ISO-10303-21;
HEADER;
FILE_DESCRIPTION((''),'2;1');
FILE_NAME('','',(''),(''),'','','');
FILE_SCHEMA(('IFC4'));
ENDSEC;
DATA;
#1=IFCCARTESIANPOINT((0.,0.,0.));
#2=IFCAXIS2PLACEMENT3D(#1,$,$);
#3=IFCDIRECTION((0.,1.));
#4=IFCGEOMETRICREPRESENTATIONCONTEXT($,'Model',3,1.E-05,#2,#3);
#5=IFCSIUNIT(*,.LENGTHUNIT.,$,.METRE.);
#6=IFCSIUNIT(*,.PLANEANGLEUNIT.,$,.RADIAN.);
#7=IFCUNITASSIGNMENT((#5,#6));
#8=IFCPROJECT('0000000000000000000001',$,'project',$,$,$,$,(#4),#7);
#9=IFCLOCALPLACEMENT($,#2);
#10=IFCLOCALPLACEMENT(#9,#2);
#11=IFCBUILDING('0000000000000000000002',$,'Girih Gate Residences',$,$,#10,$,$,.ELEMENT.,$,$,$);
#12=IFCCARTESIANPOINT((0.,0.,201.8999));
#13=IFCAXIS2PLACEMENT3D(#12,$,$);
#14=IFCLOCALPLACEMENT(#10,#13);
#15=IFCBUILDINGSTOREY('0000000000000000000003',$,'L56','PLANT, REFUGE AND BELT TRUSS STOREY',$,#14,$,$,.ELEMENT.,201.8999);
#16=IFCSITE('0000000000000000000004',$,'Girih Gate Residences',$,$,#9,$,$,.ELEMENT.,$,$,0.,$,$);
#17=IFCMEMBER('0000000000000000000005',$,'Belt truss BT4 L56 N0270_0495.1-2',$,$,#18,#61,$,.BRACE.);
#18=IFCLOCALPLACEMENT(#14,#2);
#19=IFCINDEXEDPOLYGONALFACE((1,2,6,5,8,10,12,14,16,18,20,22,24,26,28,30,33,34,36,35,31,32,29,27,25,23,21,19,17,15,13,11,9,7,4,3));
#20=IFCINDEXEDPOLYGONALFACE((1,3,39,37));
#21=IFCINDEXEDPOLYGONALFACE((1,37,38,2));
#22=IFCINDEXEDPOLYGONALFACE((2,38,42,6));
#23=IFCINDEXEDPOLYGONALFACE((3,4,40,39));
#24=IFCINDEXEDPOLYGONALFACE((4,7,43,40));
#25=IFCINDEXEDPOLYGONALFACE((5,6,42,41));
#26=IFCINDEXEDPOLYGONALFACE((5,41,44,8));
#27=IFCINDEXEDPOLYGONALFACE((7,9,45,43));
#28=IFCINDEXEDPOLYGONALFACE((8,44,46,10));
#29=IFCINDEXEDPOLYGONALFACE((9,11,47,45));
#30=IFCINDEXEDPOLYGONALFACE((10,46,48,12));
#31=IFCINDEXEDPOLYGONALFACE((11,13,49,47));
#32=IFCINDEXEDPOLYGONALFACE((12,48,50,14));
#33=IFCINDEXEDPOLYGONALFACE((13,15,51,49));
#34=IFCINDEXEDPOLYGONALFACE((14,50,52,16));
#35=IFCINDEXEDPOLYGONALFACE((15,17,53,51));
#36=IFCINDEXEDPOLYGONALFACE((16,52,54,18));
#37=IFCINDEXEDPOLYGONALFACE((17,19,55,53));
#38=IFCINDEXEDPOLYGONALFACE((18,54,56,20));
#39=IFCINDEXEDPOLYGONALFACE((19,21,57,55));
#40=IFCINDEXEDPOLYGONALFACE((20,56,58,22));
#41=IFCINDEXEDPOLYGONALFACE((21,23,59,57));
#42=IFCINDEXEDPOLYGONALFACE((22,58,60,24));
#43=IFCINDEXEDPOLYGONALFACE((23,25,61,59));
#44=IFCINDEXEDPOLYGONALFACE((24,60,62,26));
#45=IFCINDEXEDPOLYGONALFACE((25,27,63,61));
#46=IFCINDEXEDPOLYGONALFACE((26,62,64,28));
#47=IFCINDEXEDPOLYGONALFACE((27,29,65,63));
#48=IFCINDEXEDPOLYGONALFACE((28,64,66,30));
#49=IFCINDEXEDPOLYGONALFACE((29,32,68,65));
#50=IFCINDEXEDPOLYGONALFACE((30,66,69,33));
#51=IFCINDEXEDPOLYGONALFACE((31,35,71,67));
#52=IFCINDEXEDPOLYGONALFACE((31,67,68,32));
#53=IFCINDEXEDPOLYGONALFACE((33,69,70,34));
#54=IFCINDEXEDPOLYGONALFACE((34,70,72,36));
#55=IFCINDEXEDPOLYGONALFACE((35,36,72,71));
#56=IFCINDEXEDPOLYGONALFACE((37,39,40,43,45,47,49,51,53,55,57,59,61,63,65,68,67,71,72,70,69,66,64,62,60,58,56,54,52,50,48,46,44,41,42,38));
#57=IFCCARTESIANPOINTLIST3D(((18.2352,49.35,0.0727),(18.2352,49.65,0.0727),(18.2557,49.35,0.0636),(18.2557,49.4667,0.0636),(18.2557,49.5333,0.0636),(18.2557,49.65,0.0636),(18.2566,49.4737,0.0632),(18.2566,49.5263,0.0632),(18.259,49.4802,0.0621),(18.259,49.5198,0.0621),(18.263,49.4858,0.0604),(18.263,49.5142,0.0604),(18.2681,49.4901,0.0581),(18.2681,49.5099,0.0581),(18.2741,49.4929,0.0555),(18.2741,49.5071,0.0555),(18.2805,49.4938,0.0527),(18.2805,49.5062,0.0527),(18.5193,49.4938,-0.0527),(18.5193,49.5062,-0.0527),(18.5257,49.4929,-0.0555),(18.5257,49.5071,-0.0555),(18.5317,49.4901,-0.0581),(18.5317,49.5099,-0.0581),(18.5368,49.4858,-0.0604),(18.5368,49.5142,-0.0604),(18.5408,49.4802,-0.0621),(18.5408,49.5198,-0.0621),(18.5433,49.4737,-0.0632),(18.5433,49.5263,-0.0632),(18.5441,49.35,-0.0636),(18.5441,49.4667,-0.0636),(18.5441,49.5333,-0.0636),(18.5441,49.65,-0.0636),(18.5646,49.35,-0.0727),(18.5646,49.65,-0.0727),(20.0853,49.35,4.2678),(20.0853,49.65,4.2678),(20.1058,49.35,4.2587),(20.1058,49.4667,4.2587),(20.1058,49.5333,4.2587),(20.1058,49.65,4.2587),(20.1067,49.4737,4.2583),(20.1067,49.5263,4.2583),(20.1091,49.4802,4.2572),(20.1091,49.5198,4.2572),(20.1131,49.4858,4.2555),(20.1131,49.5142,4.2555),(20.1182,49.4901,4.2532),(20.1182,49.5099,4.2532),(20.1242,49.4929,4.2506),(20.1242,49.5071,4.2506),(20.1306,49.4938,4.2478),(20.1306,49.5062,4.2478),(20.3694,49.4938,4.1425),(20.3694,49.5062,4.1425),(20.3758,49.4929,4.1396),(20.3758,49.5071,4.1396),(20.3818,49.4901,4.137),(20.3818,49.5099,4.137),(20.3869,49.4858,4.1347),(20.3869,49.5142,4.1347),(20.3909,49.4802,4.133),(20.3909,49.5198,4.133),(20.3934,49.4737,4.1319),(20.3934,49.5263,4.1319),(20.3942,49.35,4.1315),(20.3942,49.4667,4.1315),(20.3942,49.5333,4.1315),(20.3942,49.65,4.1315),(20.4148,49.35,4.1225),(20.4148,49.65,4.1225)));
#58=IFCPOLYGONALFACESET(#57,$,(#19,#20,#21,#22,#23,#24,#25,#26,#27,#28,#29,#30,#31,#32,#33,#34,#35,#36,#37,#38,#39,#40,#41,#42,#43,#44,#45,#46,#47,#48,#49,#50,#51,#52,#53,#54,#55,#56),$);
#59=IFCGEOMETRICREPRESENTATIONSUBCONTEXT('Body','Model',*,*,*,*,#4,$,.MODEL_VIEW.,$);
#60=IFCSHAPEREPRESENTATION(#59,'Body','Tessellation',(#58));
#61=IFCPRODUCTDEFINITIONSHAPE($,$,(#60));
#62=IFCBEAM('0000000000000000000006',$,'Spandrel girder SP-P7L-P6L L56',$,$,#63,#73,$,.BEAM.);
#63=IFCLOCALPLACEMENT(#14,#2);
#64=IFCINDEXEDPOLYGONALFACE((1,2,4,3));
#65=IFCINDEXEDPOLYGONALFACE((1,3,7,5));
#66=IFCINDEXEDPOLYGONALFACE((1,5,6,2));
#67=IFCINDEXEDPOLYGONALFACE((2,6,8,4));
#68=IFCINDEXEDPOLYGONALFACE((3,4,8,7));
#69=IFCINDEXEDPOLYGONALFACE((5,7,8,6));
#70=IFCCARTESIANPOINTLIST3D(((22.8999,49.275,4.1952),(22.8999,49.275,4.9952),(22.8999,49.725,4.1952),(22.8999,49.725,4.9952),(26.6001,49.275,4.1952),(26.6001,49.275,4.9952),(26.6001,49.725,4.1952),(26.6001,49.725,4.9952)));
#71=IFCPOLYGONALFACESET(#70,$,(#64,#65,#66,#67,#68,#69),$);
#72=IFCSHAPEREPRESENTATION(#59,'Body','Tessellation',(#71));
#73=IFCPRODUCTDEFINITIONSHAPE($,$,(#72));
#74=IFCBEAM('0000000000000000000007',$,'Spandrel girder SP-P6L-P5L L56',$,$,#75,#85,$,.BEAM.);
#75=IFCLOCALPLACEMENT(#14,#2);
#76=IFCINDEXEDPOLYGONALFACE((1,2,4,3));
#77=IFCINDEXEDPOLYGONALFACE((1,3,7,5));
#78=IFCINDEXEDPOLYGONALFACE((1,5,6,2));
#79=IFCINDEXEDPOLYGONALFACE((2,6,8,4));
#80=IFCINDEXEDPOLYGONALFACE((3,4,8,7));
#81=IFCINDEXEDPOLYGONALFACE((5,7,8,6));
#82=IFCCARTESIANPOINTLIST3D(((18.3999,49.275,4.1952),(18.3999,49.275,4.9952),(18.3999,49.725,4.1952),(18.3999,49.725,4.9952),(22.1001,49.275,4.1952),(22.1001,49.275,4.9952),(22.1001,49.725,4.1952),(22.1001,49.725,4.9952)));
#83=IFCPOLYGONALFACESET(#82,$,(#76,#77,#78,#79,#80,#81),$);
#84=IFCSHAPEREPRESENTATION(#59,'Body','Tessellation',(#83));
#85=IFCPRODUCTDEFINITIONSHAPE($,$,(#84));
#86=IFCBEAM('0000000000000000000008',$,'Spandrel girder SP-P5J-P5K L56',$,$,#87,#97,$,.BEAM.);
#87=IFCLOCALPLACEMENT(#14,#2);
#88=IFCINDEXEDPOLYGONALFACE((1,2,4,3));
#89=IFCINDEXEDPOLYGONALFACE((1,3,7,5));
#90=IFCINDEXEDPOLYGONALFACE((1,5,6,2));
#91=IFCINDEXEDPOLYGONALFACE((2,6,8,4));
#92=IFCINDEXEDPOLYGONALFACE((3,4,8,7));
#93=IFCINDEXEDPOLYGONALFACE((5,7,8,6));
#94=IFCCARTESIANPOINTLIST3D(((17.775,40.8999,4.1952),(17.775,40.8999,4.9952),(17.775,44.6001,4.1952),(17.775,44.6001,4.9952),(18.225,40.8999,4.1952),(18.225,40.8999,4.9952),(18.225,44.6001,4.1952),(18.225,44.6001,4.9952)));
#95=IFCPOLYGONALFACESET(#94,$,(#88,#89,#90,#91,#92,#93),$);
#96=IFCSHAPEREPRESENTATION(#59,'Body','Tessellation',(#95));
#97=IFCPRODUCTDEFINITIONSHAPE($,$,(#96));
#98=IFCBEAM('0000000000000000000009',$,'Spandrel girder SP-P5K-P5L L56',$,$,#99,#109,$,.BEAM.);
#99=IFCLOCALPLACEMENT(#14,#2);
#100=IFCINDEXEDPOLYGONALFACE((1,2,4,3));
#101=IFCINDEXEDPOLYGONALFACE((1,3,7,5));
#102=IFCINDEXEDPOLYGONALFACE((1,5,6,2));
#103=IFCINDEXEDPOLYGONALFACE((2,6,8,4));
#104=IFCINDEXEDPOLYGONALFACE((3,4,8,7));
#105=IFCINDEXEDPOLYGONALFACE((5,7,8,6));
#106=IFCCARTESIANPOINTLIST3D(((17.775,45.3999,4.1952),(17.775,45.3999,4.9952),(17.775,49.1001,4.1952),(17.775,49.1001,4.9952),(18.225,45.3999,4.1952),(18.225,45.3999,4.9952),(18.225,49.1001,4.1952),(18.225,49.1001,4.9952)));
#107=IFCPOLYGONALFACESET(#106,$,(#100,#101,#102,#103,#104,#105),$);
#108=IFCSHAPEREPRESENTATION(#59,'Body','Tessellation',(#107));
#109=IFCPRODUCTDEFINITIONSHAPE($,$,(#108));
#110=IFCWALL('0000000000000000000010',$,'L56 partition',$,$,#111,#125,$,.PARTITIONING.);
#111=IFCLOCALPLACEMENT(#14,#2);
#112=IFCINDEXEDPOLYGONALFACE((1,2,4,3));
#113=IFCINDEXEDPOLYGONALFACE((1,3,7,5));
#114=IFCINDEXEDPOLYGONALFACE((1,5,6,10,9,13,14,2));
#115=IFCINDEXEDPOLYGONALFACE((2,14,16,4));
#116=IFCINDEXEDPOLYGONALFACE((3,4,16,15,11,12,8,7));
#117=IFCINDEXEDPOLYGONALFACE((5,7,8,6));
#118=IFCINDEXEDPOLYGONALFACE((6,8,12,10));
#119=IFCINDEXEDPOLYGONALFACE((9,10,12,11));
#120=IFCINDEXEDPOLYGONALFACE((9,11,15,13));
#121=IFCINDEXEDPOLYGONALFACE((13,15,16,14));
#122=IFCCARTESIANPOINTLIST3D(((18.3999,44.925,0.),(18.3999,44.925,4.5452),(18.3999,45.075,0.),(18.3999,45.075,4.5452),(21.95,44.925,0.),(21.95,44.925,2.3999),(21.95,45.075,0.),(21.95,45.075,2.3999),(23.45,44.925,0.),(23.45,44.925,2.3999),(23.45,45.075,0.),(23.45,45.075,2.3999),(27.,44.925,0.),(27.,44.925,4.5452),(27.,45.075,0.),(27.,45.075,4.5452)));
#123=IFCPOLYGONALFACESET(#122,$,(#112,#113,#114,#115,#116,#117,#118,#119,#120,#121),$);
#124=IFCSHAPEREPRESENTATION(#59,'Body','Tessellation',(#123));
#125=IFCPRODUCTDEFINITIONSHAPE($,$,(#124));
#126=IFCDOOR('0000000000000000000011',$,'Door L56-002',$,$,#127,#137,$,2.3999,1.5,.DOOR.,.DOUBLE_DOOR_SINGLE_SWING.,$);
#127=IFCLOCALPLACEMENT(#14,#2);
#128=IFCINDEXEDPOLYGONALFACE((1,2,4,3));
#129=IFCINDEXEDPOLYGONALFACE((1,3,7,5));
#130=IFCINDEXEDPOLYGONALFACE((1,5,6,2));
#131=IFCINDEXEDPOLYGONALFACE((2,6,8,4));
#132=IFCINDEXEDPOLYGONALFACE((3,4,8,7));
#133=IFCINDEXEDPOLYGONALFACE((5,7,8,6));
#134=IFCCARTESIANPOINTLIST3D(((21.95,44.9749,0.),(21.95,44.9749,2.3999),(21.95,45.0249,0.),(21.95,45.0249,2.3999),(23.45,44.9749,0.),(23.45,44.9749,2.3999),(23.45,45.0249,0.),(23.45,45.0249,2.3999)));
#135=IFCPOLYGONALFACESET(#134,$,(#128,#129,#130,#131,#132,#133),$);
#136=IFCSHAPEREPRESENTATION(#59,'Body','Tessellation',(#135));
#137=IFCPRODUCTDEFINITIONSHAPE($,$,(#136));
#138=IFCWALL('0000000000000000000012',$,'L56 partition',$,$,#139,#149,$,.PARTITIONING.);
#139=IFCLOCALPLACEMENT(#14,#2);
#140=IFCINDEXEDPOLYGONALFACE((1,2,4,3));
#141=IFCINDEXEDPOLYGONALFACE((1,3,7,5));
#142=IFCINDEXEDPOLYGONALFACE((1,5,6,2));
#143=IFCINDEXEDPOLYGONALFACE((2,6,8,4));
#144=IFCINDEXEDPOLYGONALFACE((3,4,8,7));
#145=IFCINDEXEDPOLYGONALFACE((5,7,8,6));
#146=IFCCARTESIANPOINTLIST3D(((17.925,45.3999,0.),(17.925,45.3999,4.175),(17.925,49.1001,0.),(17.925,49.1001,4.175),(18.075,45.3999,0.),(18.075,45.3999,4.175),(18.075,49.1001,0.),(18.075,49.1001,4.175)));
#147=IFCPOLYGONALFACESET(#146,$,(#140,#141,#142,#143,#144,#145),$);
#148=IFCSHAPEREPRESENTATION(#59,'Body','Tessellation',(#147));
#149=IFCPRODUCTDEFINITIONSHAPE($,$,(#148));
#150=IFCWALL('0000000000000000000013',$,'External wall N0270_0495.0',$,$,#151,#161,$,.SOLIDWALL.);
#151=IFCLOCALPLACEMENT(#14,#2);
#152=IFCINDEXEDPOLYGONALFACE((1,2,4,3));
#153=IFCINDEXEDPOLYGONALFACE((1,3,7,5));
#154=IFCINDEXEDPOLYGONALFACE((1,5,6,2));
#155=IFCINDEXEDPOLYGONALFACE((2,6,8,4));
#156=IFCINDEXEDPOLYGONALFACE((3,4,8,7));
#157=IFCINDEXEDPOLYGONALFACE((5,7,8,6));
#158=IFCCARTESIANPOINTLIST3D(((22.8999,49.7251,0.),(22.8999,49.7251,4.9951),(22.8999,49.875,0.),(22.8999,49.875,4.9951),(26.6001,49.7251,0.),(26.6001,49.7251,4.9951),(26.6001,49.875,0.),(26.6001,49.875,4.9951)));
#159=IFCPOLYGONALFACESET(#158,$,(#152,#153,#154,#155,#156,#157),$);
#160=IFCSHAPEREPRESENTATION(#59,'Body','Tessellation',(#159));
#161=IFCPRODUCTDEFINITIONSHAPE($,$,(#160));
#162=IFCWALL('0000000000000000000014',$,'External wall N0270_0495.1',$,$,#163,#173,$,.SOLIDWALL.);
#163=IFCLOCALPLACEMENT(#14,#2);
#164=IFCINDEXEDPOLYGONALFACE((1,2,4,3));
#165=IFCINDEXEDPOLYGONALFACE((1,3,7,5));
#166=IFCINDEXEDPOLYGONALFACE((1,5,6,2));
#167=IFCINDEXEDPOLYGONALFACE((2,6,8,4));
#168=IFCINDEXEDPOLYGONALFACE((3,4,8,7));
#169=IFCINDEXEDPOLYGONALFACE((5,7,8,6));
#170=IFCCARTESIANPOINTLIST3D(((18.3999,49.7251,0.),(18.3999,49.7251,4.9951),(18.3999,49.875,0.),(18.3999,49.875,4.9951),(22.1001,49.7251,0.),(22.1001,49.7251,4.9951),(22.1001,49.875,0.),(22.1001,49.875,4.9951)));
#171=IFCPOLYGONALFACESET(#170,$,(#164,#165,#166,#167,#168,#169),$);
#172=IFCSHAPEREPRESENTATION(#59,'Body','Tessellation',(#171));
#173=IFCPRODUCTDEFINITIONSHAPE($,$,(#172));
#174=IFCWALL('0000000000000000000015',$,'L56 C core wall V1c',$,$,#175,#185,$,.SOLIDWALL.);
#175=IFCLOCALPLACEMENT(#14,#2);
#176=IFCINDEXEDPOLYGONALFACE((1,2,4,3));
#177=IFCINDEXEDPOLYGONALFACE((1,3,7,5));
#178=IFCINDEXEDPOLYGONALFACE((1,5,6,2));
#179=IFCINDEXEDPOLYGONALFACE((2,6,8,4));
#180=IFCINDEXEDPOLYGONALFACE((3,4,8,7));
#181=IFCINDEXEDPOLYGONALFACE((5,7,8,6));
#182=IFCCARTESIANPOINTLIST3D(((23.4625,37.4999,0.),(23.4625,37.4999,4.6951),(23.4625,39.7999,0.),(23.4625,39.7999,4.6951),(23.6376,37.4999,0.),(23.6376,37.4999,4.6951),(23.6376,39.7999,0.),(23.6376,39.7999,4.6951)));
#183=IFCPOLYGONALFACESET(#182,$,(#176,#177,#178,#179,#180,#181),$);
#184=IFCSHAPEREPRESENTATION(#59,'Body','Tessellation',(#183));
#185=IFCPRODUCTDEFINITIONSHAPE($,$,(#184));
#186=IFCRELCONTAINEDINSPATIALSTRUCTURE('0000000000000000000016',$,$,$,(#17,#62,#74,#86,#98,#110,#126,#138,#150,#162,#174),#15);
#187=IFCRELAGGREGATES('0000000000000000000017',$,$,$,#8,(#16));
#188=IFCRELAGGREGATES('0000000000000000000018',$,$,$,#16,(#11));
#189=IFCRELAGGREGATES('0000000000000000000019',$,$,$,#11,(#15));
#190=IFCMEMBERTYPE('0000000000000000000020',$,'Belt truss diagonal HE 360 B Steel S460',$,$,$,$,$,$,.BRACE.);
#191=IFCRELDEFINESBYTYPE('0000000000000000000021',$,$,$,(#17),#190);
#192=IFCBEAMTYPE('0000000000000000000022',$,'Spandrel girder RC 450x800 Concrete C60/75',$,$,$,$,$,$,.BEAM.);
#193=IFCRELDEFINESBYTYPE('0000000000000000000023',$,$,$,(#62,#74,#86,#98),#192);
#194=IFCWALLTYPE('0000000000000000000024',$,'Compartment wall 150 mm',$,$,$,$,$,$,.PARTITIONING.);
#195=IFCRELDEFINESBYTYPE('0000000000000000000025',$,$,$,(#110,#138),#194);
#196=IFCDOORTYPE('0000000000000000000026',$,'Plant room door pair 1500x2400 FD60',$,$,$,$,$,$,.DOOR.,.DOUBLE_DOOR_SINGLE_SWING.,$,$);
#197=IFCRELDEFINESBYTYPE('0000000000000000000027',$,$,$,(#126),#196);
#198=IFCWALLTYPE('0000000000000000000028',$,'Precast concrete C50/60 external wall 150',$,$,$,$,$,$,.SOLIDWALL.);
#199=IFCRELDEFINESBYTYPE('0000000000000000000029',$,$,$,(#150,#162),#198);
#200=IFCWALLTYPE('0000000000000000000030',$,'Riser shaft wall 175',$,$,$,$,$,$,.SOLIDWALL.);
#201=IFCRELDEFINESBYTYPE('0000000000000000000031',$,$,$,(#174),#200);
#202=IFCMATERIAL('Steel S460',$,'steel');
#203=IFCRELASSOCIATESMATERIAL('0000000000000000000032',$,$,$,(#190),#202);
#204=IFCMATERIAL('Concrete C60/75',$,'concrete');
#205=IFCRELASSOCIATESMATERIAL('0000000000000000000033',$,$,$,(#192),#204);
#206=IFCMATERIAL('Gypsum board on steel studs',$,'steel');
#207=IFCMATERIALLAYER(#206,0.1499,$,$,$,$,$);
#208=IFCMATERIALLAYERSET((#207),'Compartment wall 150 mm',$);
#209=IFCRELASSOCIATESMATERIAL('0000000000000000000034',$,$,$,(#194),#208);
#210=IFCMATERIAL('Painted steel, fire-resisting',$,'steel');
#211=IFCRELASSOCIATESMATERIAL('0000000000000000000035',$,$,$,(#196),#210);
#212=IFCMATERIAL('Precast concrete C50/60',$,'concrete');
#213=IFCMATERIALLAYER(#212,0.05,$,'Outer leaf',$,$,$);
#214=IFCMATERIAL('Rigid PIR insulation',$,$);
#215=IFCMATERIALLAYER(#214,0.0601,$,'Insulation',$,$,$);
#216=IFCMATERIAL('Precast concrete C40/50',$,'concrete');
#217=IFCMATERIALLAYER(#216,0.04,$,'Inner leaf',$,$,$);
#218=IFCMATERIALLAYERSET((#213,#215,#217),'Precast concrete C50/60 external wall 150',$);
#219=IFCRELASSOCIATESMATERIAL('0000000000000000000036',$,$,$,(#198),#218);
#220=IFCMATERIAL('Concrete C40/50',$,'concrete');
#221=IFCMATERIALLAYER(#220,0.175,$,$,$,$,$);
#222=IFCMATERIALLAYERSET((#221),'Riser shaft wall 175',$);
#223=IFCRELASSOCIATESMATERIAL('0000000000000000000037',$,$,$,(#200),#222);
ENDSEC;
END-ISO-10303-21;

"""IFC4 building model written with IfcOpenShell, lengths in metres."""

from ifc_helpers import new_model, si_unit, direction, frame, frame_2d, origin, origin_2d, place, context, subcontext, project, spatial, rectangle, i_section, extrude, material, layer, layer_set, material_profile, profile_set, type_object, element, fill, save


model = new_model("IFC4")

# Units and contexts
model_context = context("Model", 3, precision=1e-05, world=origin(), true_north=direction((0.0, 1.0)))
body_context = subcontext(model_context, "Body", "Model", "MODEL_VIEW")
ifc_project = project(units=[si_unit("LENGTHUNIT", "METRE"), si_unit("PLANEANGLEUNIT", "RADIAN")], contexts=[model_context])

# Site, building, storey
site_placement = place(None, origin())
site = spatial("IfcSite", under=ifc_project, at=site_placement, Name="Girih Gate Residences", CompositionType="ELEMENT", RefElevation=0.0)
building_placement = place(site_placement, origin())
building = spatial("IfcBuilding", under=site, at=building_placement, Name="Girih Gate Residences", CompositionType="ELEMENT")
storey_placement = place(building_placement, frame((0.0, 0.0, 201.8999)))
storey = spatial("IfcBuildingStorey", under=building, at=storey_placement, Name="L56", Description="PLANT, REFUGE AND BELT TRUSS STOREY", CompositionType="ELEMENT", Elevation=201.8999)

# Shared definitions
ifc_material_1 = material(Name="Concrete C60/75", Category="concrete")

# Member
ifc_material_2 = material(Name="Steel S460", Category="steel")
ifc_material_profile_1 = material_profile(ifc_material_2, i_section(OverallWidth=0.3, OverallDepth=0.3601, WebThickness=0.0125, FlangeThickness=0.0225, FilletRadius=0.0271, at=origin_2d()))
ifc_profile_set_1 = profile_set([ifc_material_profile_1], Name="Steel S460")
member_type = type_object("IfcMemberType", Name="Belt truss diagonal HE 360 B Steel S460", PredefinedType="BRACE", material=ifc_profile_set_1)
for number, where, z_axis, x_axis, name in (
    (1, (18.3999, 49.5, 0.0), (0.403518, 0.0, 0.914972), (0.0, 1.0, 0.0), "Belt truss BT4 L56 N0270_0495.1-2"),
):
    element("IfcMember", number, at=place(storey_placement, frame(where, z_axis=z_axis, x_axis=x_axis)), inside=storey, type_object=member_type, Name=name, PredefinedType="BRACE", context=body_context, shape_type="SweptSolid", body=[
        extrude(i_section(OverallWidth=0.3, OverallDepth=0.3601, WebThickness=0.0125, FlangeThickness=0.0225, FilletRadius=0.0271, at=origin_2d()), origin(), (0.0, 0.0, 1.0), 4.585),
    ])

# Beams
ifc_material_profile_2 = material_profile(ifc_material_1, rectangle(XDim=0.45, YDim=0.8, at=origin_2d()))
ifc_profile_set_2 = profile_set([ifc_material_profile_2], Name="Concrete C60/75")
beam_type = type_object("IfcBeamType", Name="Spandrel girder RC 450x800 Concrete C60/75", PredefinedType="BEAM", material=ifc_profile_set_2)
for number, where, z_axis, x_axis, name in (
    (2, (26.6001, 49.5, 4.5952), (-1.0, 0.0, 0.0), (0.0, -1.0, 0.0), "Spandrel girder SP-P7L-P6L L56"),
    (3, (22.1001, 49.5, 4.5952), (-1.0, 0.0, 0.0), (0.0, -1.0, 0.0), "Spandrel girder SP-P6L-P5L L56"),
    (4, (18.0, 40.8999, 4.5952), (0.0, 1.0, 0.0), (-1.0, 0.0, 0.0), "Spandrel girder SP-P5J-P5K L56"),
    (5, (18.0, 45.3999, 4.5952), (0.0, 1.0, 0.0), (-1.0, 0.0, 0.0), "Spandrel girder SP-P5K-P5L L56"),
):
    element("IfcBeam", number, at=place(storey_placement, frame(where, z_axis=z_axis, x_axis=x_axis)), inside=storey, type_object=beam_type, Name=name, PredefinedType="BEAM", context=body_context, shape_type="SweptSolid", body=[
        extrude(rectangle(XDim=0.45, YDim=0.8, at=origin_2d()), origin(), (0.0, 0.0, 1.0), 3.7002),
    ])

# Wall, opening, door
ifc_material_3 = material(Name="Gypsum board on steel studs", Category="steel")
ifc_layer_1 = layer(ifc_material_3, 0.1499)
ifc_layer_set_1 = layer_set([ifc_layer_1], Name="Compartment wall 150 mm")
wall_type_1 = type_object("IfcWallType", Name="Compartment wall 150 mm", PredefinedType="PARTITIONING", material=ifc_layer_set_1)
wall_1_placement = place(storey_placement, frame((18.3999, 45.0, 0.0), z_axis=(0.0, 0.0, 1.0), x_axis=(1.0, 0.0, 0.0)))
wall_1 = element("IfcWall", 6, at=wall_1_placement, inside=storey, type_object=wall_type_1, Name="L56 partition", PredefinedType="PARTITIONING", context=body_context, shape_type="SweptSolid", body=[
    extrude(rectangle(XDim=8.6001, YDim=0.1499, at=frame_2d((4.3, 0.0))), origin(), (0.0, 0.0, 1.0), 4.5452),
])
opening_1_placement = place(wall_1_placement, frame((3.55, 0.0, 0.0)))
opening_1 = element("IfcOpeningElement", 7, at=opening_1_placement, cuts=wall_1, PredefinedType="OPENING", context=body_context, shape_type="SweptSolid", body=[
    extrude(rectangle(XDim=1.5, YDim=2.3999, at=frame_2d((0.75, 1.2))), frame((0.0, 0.085, 0.0), z_axis=(0.0, -1.0, 0.0), x_axis=(1.0, 0.0, 0.0)), (0.0, 0.0, 1.0), 0.1699),
])
ifc_material_4 = material(Name="Painted steel, fire-resisting", Category="steel")
door_type_1 = type_object("IfcDoorType", Name="Plant room door pair 1500x2400 FD60", OperationType="DOUBLE_DOOR_SINGLE_SWING", PredefinedType="DOOR", material=ifc_material_4)
door_1_placement = place(opening_1_placement, origin())
door_1 = element("IfcDoor", 8, at=door_1_placement, inside=storey, type_object=door_type_1, Name="Door L56-002", OperationType="DOUBLE_DOOR_SINGLE_SWING", OverallHeight=2.3999, OverallWidth=1.5, PredefinedType="DOOR", context=body_context, shape_type="SweptSolid", body=[
    extrude(rectangle(XDim=1.5, YDim=2.3999, at=frame_2d((0.75, 1.2))), frame((0.0, 0.0249, 0.0), z_axis=(0.0, -1.0, 0.0), x_axis=(1.0, 0.0, 0.0)), (0.0, 0.0, 1.0), 0.05),
])
fill(opening_1, door_1)

# Walls
wall_2_placement = place(storey_placement, frame((18.0, 45.3999, 0.0), z_axis=(0.0, 0.0, 1.0), x_axis=(0.0, 1.0, 0.0)))
element("IfcWall", 9, at=wall_2_placement, inside=storey, type_object=wall_type_1, Name="L56 partition", PredefinedType="PARTITIONING", context=body_context, shape_type="SweptSolid", body=[
    extrude(rectangle(XDim=3.7002, YDim=0.1499, at=frame_2d((1.8501, 0.0))), origin(), (0.0, 0.0, 1.0), 4.175),
])
ifc_material_5 = material(Name="Precast concrete C50/60", Category="concrete")
ifc_layer_2 = layer(ifc_material_5, 0.05, Name="Outer leaf")
ifc_material_6 = material(Name="Rigid PIR insulation")
ifc_layer_3 = layer(ifc_material_6, 0.0601, Name="Insulation")
ifc_material_7 = material(Name="Precast concrete C40/50", Category="concrete")
ifc_layer_4 = layer(ifc_material_7, 0.04, Name="Inner leaf")
ifc_layer_set_2 = layer_set([ifc_layer_2, ifc_layer_3, ifc_layer_4], Name="Precast concrete C50/60 external wall 150")
wall_type_2 = type_object("IfcWallType", Name="Precast concrete C50/60 external wall 150", PredefinedType="SOLIDWALL", material=ifc_layer_set_2)
for number, where, z_axis, x_axis, name in (
    (10, (22.8999, 49.8, 0.0), (0.0, 0.0, 1.0), (1.0, 0.0, 0.0), "External wall N0270_0495.0"),
    (11, (18.3999, 49.8, 0.0), (0.0, 0.0, 1.0), (1.0, 0.0, 0.0), "External wall N0270_0495.1"),
):
    element("IfcWall", number, at=place(storey_placement, frame(where, z_axis=z_axis, x_axis=x_axis)), inside=storey, type_object=wall_type_2, Name=name, PredefinedType="SOLIDWALL", context=body_context, shape_type="SweptSolid", body=[
        extrude(rectangle(XDim=3.7002, YDim=0.1499, at=frame_2d((1.8501, 0.0))), origin(), (0.0, 0.0, 1.0), 4.9951),
    ])
ifc_material_8 = material(Name="Concrete C40/50", Category="concrete")
ifc_layer_5 = layer(ifc_material_8, 0.175)
ifc_layer_set_3 = layer_set([ifc_layer_5], Name="Riser shaft wall 175")
wall_type_3 = type_object("IfcWallType", Name="Riser shaft wall 175", PredefinedType="SOLIDWALL", material=ifc_layer_set_3)
for number, where, z_axis, x_axis, name in (
    (12, (23.55, 37.5, 0.0), (0.0, 0.0, 1.0), (0.0, 1.0, 0.0), "L56 C core wall V1c"),
):
    element("IfcWall", number, at=place(storey_placement, frame(where, z_axis=z_axis, x_axis=x_axis)), inside=storey, type_object=wall_type_3, Name=name, PredefinedType="SOLIDWALL", context=body_context, shape_type="SweptSolid", body=[
        extrude(rectangle(XDim=2.3, YDim=0.175, at=frame_2d((1.1499, 0.0))), origin(), (0.0, 0.0, 1.0), 4.6951),
    ])

save(model, "model.ifc")
